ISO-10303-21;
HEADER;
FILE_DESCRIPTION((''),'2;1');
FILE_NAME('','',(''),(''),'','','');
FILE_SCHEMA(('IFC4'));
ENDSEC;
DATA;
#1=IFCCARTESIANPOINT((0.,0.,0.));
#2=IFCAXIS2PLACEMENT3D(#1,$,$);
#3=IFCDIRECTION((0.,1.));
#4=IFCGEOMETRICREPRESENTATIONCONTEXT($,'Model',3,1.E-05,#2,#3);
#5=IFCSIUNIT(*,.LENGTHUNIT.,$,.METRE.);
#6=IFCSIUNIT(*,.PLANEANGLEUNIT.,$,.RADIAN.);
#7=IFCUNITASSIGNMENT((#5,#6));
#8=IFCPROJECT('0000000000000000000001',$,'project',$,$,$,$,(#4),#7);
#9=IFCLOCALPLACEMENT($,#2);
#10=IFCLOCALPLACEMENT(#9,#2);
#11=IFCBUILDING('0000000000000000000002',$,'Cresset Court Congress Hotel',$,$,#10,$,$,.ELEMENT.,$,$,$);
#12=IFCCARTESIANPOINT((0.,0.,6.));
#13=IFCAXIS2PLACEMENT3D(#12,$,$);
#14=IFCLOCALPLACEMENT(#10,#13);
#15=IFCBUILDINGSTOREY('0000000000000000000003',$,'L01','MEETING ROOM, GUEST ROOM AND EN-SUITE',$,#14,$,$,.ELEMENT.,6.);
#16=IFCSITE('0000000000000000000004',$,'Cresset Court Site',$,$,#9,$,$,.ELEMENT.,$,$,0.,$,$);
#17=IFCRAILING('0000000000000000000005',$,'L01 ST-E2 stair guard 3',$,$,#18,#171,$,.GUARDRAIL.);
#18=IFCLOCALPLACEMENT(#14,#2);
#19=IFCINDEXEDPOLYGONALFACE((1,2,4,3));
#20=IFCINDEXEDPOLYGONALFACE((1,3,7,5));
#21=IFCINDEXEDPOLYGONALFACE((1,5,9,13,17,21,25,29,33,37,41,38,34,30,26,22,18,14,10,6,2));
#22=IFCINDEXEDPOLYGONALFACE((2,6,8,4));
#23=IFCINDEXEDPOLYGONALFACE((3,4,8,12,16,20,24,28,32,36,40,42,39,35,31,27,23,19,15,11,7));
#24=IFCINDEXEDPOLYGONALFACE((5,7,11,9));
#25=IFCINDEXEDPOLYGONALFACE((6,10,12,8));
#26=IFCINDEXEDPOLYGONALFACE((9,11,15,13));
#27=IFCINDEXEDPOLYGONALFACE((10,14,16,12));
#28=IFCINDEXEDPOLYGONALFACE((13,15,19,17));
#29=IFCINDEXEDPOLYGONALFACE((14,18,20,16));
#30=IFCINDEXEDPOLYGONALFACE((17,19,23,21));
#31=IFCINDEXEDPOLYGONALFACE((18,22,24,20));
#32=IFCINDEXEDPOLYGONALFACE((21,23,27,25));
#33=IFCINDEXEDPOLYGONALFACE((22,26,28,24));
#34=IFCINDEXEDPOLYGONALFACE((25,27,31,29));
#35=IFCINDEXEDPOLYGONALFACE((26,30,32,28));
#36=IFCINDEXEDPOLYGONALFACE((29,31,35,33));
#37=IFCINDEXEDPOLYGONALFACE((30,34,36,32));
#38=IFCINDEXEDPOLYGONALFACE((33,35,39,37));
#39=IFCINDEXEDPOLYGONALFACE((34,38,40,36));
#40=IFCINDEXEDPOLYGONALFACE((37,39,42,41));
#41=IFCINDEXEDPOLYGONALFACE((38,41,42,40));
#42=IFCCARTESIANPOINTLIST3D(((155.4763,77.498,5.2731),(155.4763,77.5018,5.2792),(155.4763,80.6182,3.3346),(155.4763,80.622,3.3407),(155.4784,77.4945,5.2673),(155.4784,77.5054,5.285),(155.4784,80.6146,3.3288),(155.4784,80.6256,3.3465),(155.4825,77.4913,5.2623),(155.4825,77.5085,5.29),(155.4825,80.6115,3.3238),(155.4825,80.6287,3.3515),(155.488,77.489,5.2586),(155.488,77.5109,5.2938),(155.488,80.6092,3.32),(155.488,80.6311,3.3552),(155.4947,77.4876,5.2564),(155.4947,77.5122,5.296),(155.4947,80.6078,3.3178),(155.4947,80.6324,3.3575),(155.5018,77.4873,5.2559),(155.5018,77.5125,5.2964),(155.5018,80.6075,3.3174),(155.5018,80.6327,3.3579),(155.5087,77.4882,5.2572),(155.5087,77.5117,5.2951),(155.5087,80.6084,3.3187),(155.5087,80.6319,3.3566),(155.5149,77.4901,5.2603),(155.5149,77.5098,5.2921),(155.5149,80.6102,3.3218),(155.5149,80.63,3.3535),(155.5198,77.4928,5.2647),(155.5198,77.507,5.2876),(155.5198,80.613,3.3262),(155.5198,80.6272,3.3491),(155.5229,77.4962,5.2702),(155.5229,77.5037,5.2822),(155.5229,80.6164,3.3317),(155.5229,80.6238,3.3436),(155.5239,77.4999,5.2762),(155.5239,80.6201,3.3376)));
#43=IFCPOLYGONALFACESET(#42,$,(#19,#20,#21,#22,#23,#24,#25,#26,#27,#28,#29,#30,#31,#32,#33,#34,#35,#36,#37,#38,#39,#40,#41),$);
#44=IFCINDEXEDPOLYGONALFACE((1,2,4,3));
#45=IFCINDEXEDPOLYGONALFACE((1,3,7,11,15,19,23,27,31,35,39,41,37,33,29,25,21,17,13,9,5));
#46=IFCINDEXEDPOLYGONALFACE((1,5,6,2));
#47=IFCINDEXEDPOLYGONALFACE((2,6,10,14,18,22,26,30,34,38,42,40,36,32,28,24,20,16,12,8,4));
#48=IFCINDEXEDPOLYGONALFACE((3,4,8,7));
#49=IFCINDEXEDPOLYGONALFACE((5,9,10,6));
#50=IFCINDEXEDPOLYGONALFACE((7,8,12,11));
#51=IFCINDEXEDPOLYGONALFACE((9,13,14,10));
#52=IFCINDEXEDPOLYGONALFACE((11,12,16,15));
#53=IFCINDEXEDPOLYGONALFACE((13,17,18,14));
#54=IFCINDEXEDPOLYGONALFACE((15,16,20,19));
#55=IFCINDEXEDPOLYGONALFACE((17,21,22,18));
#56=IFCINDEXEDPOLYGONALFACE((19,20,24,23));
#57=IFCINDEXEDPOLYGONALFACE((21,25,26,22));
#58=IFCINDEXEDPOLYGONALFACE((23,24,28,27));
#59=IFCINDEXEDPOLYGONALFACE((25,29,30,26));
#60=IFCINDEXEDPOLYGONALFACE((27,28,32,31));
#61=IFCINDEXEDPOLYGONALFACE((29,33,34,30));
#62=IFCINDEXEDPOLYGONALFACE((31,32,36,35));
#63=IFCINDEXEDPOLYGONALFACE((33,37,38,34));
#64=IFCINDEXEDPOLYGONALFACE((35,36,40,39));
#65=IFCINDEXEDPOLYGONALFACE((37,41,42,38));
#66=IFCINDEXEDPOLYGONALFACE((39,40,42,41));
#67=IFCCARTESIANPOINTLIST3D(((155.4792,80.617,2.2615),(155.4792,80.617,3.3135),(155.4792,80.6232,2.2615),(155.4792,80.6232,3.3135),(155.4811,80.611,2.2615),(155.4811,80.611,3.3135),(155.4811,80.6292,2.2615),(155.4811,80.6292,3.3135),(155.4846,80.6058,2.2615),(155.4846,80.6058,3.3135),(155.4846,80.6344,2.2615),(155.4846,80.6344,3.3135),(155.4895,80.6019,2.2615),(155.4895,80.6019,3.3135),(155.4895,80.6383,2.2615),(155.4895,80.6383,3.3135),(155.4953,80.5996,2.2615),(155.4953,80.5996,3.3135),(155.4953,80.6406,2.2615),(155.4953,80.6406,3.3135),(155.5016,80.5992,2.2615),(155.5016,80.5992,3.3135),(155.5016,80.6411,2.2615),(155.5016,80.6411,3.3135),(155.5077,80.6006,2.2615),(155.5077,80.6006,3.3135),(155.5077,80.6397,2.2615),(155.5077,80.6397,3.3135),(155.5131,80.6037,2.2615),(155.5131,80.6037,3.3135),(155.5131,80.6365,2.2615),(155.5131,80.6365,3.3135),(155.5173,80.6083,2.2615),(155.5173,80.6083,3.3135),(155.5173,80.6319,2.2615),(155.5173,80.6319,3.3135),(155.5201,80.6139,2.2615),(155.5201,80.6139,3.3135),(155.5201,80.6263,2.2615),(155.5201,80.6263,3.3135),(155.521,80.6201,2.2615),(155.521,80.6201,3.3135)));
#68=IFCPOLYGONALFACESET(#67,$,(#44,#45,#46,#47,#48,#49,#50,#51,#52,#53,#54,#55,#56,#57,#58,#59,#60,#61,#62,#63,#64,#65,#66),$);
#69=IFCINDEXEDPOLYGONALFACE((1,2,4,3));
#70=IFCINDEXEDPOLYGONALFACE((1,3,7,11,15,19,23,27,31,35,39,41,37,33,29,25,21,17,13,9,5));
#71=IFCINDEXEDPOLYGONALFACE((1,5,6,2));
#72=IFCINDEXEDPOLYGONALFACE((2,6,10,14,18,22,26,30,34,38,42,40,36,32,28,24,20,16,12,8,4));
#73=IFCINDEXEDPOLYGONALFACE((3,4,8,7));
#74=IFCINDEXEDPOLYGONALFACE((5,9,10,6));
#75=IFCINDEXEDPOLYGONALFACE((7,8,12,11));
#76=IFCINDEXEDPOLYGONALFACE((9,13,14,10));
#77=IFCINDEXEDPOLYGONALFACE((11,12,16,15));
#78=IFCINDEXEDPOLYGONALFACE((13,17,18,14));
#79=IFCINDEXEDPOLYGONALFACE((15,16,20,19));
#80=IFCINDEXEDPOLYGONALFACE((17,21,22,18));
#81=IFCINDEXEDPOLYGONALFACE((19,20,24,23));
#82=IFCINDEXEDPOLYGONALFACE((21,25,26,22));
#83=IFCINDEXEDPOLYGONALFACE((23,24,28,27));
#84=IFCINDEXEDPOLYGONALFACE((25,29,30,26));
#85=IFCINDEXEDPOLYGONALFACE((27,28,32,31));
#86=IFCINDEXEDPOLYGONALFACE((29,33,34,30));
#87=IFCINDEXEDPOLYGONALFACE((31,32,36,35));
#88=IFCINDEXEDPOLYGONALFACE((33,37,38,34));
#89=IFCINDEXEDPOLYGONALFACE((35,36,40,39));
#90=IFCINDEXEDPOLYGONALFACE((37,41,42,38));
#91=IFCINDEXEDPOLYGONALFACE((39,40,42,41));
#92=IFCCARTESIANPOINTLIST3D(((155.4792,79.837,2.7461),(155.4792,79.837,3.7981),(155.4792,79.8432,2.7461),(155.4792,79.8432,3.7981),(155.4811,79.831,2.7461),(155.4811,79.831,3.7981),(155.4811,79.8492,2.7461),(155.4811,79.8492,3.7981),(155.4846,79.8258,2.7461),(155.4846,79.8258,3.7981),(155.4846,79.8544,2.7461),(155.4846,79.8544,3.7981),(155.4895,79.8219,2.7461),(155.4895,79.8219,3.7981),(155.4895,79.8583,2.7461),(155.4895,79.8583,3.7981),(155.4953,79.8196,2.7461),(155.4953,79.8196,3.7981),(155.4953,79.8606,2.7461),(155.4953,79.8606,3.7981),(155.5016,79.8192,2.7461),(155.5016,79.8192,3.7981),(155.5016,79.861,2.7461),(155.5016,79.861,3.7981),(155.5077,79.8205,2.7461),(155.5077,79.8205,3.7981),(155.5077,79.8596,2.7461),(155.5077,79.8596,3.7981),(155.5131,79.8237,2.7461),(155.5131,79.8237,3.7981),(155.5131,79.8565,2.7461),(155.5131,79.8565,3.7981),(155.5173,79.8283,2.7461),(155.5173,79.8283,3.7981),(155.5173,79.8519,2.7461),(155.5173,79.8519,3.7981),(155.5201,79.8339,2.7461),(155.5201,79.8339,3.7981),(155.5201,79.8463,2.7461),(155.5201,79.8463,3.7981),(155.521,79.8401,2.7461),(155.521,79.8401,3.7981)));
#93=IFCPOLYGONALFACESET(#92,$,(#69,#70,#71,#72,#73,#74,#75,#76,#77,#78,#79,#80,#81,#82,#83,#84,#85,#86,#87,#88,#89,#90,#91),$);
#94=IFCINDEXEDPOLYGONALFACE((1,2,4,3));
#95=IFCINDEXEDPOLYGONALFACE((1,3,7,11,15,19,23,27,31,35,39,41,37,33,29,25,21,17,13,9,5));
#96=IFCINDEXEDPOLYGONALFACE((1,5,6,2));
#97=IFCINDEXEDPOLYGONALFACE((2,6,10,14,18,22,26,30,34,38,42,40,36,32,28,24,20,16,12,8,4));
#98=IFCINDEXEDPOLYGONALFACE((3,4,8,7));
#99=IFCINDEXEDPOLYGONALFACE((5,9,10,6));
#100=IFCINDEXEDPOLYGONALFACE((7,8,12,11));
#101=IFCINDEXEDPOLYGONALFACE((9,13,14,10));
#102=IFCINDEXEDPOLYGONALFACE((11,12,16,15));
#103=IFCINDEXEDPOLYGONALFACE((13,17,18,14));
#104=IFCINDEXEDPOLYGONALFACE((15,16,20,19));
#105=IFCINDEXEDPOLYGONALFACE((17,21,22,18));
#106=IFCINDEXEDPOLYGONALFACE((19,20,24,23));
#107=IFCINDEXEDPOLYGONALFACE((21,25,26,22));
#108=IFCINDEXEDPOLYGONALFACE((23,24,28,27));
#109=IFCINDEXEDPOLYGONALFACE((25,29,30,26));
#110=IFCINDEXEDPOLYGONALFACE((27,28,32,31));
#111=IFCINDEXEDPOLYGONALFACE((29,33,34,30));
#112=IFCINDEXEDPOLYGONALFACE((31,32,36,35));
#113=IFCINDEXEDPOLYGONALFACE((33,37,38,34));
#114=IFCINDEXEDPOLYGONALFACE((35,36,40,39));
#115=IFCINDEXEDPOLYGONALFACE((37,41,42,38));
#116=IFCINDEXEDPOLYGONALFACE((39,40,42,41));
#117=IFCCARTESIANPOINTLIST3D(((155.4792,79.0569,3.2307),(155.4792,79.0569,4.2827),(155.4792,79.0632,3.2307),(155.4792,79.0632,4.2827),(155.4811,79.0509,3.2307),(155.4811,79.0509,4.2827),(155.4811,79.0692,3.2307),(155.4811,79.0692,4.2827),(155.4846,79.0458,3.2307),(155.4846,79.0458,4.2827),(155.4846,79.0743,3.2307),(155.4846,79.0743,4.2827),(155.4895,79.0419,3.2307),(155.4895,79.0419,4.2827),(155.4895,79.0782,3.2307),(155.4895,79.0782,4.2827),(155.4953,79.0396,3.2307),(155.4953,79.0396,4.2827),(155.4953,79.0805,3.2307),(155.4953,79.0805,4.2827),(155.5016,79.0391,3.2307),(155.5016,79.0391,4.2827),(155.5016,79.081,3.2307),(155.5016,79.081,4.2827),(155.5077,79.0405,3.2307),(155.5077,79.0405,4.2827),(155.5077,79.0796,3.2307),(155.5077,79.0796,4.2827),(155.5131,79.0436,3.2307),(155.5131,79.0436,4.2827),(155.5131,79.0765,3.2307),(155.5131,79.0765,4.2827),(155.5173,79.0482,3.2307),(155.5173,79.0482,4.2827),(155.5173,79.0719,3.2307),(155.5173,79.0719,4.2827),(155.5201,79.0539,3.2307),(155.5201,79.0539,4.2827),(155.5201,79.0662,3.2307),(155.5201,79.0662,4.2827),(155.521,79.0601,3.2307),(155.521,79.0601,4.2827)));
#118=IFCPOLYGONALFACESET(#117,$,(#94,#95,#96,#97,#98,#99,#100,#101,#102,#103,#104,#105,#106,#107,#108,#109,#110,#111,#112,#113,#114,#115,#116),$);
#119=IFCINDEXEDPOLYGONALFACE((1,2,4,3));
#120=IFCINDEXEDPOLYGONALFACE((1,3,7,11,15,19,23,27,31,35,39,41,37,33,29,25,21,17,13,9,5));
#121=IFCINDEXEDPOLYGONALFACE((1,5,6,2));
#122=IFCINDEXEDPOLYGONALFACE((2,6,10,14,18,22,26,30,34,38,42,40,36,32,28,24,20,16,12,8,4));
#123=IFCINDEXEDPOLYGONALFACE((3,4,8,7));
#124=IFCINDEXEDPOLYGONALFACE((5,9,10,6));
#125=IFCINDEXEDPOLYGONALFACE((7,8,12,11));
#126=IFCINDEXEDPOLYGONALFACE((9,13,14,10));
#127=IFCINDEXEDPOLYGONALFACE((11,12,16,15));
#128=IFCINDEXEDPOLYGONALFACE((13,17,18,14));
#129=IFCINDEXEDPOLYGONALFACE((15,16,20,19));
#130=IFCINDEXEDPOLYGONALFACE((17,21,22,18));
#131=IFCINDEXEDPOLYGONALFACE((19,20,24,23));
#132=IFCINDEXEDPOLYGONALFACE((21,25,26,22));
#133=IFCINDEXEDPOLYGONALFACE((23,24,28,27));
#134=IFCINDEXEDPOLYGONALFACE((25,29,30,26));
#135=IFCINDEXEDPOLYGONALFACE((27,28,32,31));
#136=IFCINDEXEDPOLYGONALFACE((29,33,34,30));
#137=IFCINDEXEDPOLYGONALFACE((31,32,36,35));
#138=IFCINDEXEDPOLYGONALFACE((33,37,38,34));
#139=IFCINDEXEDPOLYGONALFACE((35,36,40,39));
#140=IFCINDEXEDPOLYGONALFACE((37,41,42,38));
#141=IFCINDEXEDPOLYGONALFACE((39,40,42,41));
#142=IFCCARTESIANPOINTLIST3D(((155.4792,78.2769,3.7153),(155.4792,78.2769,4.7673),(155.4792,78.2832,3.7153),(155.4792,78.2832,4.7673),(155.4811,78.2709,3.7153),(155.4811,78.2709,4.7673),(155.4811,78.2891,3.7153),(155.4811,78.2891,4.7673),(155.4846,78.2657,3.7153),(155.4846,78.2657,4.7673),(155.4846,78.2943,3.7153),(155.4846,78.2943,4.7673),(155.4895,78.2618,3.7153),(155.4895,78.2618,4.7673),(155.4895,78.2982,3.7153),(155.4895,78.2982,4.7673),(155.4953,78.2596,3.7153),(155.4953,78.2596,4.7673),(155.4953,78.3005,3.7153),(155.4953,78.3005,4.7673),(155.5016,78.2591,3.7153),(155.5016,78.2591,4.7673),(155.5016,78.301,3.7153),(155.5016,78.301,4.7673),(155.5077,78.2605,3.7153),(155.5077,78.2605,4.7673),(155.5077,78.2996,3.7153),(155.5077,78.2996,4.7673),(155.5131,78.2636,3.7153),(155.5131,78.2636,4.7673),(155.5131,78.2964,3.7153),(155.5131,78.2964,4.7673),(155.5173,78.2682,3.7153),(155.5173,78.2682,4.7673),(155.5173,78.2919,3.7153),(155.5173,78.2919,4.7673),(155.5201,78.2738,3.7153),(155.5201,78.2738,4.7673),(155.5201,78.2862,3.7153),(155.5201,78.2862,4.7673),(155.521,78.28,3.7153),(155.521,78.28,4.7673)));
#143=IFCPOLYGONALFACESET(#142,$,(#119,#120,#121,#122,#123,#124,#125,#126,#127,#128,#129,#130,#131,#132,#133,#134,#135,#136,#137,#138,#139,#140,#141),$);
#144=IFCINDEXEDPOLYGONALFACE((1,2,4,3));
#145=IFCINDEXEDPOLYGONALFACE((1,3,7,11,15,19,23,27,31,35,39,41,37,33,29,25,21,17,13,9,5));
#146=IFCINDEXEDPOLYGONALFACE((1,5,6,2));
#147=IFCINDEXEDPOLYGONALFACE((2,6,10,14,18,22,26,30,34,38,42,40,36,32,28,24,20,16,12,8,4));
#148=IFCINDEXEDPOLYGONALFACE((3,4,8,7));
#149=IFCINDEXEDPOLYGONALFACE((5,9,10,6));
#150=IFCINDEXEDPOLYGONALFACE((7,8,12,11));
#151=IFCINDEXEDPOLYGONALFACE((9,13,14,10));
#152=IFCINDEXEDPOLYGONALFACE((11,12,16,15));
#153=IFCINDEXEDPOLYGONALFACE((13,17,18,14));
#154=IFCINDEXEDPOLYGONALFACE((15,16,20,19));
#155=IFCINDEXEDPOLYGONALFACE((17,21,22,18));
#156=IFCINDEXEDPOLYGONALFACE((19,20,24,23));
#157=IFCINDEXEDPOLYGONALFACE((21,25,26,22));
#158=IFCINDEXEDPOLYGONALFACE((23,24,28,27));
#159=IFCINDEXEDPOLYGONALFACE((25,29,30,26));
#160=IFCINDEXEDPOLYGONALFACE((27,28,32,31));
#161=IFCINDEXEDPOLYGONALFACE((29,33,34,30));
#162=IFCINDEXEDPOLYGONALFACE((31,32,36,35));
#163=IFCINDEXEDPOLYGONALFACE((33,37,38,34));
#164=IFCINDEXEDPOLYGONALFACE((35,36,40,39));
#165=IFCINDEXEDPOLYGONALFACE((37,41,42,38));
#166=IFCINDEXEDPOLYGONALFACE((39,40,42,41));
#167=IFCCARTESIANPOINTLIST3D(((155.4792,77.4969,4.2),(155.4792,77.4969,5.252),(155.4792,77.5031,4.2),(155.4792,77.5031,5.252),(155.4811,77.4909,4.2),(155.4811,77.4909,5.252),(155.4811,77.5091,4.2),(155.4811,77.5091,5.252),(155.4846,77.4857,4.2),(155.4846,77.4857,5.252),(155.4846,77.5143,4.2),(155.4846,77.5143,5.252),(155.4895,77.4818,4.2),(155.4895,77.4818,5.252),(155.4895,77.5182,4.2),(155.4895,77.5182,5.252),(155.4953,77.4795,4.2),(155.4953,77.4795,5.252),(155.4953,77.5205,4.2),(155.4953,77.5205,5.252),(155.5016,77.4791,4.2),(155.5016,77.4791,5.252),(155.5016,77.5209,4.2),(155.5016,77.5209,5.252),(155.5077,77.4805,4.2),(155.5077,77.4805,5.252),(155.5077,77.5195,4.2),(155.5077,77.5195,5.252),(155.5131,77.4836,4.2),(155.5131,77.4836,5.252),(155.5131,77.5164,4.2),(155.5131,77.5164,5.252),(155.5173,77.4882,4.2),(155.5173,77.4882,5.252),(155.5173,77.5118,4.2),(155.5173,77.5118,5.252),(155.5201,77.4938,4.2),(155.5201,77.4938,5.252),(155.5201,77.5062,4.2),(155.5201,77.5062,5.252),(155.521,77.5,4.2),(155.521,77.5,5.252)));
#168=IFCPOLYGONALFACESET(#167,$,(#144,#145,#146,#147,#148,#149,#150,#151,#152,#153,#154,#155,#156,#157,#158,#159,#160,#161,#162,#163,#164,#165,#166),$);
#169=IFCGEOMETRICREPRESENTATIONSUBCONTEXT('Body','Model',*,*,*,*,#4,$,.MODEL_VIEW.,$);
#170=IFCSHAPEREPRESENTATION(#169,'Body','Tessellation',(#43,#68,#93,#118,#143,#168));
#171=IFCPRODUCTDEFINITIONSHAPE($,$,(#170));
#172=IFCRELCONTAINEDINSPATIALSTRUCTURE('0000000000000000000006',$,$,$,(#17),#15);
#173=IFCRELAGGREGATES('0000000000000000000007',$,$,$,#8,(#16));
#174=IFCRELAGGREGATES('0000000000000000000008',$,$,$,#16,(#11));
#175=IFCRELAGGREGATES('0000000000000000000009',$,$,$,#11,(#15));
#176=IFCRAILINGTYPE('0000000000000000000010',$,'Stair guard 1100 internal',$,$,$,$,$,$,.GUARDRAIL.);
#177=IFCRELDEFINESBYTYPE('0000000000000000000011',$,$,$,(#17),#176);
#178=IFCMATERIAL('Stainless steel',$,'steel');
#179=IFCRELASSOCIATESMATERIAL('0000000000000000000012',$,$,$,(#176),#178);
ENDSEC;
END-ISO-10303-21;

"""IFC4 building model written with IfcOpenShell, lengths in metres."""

from ifc_helpers import new_model, si_unit, direction, frame, origin, origin_2d, place, context, subcontext, project, spatial, circle, extrude, material, type_object, element, save


model = new_model("IFC4")

# Units and contexts
model_context = context("Model", 3, precision=1e-05, world=origin(), true_north=direction((0.0, 1.0)))
body_context = subcontext(model_context, "Body", "Model", "MODEL_VIEW")
ifc_project = project(units=[si_unit("LENGTHUNIT", "METRE"), si_unit("PLANEANGLEUNIT", "RADIAN")], contexts=[model_context])

# Site, building, storey
site_placement = place(None, origin())
site = spatial("IfcSite", under=ifc_project, at=site_placement, Name="Cresset Court Site", CompositionType="ELEMENT", RefElevation=0.0)
building_placement = place(site_placement, origin())
building = spatial("IfcBuilding", under=site, at=building_placement, Name="Cresset Court Congress Hotel", CompositionType="ELEMENT")
storey_placement = place(building_placement, frame((0.0, 0.0, 6.0)))
storey = spatial("IfcBuildingStorey", under=building, at=storey_placement, Name="L01", Description="MEETING ROOM, GUEST ROOM AND EN-SUITE", CompositionType="ELEMENT", Elevation=6.0)

# Railing
ifc_material_1 = material(Name="Stainless steel", Category="steel")
railing_type_1 = type_object("IfcRailingType", Name="Stair guard 1100 internal", PredefinedType="GUARDRAIL", material=ifc_material_1)
railing_1_placement = place(storey_placement, frame((155.5, 80.6201, 2.2615)))
element("IfcRailing", 1, at=railing_1_placement, inside=storey, type_object=railing_type_1, Name="L01 ST-E2 stair guard 3", PredefinedType="GUARDRAIL", context=body_context, shape_type="SweptSolid", body=[
    extrude(circle(Radius=0.0239, at=origin_2d()), frame((0.0, 0.0, 1.0762), z_axis=(0.0, -0.849414, 0.527727), x_axis=(1.0, 0.0, 0.0)), (0.0, 0.0, 1.0), 3.6733),
    extrude(circle(Radius=0.021, at=origin_2d()), origin(), (0.0, 0.0, 1.0), 1.052),
    extrude(circle(Radius=0.021, at=origin_2d()), frame((0.0, -0.78, 0.4846)), (0.0, 0.0, 1.0), 1.052),
    extrude(circle(Radius=0.021, at=origin_2d()), frame((0.0, -1.5601, 0.9692)), (0.0, 0.0, 1.0), 1.052),
    extrude(circle(Radius=0.021, at=origin_2d()), frame((0.0, -2.3401, 1.4539)), (0.0, 0.0, 1.0), 1.052),
    extrude(circle(Radius=0.021, at=origin_2d()), frame((0.0, -3.1201, 1.9385)), (0.0, 0.0, 1.0), 1.052),
])

save(model, "model.ifc")
